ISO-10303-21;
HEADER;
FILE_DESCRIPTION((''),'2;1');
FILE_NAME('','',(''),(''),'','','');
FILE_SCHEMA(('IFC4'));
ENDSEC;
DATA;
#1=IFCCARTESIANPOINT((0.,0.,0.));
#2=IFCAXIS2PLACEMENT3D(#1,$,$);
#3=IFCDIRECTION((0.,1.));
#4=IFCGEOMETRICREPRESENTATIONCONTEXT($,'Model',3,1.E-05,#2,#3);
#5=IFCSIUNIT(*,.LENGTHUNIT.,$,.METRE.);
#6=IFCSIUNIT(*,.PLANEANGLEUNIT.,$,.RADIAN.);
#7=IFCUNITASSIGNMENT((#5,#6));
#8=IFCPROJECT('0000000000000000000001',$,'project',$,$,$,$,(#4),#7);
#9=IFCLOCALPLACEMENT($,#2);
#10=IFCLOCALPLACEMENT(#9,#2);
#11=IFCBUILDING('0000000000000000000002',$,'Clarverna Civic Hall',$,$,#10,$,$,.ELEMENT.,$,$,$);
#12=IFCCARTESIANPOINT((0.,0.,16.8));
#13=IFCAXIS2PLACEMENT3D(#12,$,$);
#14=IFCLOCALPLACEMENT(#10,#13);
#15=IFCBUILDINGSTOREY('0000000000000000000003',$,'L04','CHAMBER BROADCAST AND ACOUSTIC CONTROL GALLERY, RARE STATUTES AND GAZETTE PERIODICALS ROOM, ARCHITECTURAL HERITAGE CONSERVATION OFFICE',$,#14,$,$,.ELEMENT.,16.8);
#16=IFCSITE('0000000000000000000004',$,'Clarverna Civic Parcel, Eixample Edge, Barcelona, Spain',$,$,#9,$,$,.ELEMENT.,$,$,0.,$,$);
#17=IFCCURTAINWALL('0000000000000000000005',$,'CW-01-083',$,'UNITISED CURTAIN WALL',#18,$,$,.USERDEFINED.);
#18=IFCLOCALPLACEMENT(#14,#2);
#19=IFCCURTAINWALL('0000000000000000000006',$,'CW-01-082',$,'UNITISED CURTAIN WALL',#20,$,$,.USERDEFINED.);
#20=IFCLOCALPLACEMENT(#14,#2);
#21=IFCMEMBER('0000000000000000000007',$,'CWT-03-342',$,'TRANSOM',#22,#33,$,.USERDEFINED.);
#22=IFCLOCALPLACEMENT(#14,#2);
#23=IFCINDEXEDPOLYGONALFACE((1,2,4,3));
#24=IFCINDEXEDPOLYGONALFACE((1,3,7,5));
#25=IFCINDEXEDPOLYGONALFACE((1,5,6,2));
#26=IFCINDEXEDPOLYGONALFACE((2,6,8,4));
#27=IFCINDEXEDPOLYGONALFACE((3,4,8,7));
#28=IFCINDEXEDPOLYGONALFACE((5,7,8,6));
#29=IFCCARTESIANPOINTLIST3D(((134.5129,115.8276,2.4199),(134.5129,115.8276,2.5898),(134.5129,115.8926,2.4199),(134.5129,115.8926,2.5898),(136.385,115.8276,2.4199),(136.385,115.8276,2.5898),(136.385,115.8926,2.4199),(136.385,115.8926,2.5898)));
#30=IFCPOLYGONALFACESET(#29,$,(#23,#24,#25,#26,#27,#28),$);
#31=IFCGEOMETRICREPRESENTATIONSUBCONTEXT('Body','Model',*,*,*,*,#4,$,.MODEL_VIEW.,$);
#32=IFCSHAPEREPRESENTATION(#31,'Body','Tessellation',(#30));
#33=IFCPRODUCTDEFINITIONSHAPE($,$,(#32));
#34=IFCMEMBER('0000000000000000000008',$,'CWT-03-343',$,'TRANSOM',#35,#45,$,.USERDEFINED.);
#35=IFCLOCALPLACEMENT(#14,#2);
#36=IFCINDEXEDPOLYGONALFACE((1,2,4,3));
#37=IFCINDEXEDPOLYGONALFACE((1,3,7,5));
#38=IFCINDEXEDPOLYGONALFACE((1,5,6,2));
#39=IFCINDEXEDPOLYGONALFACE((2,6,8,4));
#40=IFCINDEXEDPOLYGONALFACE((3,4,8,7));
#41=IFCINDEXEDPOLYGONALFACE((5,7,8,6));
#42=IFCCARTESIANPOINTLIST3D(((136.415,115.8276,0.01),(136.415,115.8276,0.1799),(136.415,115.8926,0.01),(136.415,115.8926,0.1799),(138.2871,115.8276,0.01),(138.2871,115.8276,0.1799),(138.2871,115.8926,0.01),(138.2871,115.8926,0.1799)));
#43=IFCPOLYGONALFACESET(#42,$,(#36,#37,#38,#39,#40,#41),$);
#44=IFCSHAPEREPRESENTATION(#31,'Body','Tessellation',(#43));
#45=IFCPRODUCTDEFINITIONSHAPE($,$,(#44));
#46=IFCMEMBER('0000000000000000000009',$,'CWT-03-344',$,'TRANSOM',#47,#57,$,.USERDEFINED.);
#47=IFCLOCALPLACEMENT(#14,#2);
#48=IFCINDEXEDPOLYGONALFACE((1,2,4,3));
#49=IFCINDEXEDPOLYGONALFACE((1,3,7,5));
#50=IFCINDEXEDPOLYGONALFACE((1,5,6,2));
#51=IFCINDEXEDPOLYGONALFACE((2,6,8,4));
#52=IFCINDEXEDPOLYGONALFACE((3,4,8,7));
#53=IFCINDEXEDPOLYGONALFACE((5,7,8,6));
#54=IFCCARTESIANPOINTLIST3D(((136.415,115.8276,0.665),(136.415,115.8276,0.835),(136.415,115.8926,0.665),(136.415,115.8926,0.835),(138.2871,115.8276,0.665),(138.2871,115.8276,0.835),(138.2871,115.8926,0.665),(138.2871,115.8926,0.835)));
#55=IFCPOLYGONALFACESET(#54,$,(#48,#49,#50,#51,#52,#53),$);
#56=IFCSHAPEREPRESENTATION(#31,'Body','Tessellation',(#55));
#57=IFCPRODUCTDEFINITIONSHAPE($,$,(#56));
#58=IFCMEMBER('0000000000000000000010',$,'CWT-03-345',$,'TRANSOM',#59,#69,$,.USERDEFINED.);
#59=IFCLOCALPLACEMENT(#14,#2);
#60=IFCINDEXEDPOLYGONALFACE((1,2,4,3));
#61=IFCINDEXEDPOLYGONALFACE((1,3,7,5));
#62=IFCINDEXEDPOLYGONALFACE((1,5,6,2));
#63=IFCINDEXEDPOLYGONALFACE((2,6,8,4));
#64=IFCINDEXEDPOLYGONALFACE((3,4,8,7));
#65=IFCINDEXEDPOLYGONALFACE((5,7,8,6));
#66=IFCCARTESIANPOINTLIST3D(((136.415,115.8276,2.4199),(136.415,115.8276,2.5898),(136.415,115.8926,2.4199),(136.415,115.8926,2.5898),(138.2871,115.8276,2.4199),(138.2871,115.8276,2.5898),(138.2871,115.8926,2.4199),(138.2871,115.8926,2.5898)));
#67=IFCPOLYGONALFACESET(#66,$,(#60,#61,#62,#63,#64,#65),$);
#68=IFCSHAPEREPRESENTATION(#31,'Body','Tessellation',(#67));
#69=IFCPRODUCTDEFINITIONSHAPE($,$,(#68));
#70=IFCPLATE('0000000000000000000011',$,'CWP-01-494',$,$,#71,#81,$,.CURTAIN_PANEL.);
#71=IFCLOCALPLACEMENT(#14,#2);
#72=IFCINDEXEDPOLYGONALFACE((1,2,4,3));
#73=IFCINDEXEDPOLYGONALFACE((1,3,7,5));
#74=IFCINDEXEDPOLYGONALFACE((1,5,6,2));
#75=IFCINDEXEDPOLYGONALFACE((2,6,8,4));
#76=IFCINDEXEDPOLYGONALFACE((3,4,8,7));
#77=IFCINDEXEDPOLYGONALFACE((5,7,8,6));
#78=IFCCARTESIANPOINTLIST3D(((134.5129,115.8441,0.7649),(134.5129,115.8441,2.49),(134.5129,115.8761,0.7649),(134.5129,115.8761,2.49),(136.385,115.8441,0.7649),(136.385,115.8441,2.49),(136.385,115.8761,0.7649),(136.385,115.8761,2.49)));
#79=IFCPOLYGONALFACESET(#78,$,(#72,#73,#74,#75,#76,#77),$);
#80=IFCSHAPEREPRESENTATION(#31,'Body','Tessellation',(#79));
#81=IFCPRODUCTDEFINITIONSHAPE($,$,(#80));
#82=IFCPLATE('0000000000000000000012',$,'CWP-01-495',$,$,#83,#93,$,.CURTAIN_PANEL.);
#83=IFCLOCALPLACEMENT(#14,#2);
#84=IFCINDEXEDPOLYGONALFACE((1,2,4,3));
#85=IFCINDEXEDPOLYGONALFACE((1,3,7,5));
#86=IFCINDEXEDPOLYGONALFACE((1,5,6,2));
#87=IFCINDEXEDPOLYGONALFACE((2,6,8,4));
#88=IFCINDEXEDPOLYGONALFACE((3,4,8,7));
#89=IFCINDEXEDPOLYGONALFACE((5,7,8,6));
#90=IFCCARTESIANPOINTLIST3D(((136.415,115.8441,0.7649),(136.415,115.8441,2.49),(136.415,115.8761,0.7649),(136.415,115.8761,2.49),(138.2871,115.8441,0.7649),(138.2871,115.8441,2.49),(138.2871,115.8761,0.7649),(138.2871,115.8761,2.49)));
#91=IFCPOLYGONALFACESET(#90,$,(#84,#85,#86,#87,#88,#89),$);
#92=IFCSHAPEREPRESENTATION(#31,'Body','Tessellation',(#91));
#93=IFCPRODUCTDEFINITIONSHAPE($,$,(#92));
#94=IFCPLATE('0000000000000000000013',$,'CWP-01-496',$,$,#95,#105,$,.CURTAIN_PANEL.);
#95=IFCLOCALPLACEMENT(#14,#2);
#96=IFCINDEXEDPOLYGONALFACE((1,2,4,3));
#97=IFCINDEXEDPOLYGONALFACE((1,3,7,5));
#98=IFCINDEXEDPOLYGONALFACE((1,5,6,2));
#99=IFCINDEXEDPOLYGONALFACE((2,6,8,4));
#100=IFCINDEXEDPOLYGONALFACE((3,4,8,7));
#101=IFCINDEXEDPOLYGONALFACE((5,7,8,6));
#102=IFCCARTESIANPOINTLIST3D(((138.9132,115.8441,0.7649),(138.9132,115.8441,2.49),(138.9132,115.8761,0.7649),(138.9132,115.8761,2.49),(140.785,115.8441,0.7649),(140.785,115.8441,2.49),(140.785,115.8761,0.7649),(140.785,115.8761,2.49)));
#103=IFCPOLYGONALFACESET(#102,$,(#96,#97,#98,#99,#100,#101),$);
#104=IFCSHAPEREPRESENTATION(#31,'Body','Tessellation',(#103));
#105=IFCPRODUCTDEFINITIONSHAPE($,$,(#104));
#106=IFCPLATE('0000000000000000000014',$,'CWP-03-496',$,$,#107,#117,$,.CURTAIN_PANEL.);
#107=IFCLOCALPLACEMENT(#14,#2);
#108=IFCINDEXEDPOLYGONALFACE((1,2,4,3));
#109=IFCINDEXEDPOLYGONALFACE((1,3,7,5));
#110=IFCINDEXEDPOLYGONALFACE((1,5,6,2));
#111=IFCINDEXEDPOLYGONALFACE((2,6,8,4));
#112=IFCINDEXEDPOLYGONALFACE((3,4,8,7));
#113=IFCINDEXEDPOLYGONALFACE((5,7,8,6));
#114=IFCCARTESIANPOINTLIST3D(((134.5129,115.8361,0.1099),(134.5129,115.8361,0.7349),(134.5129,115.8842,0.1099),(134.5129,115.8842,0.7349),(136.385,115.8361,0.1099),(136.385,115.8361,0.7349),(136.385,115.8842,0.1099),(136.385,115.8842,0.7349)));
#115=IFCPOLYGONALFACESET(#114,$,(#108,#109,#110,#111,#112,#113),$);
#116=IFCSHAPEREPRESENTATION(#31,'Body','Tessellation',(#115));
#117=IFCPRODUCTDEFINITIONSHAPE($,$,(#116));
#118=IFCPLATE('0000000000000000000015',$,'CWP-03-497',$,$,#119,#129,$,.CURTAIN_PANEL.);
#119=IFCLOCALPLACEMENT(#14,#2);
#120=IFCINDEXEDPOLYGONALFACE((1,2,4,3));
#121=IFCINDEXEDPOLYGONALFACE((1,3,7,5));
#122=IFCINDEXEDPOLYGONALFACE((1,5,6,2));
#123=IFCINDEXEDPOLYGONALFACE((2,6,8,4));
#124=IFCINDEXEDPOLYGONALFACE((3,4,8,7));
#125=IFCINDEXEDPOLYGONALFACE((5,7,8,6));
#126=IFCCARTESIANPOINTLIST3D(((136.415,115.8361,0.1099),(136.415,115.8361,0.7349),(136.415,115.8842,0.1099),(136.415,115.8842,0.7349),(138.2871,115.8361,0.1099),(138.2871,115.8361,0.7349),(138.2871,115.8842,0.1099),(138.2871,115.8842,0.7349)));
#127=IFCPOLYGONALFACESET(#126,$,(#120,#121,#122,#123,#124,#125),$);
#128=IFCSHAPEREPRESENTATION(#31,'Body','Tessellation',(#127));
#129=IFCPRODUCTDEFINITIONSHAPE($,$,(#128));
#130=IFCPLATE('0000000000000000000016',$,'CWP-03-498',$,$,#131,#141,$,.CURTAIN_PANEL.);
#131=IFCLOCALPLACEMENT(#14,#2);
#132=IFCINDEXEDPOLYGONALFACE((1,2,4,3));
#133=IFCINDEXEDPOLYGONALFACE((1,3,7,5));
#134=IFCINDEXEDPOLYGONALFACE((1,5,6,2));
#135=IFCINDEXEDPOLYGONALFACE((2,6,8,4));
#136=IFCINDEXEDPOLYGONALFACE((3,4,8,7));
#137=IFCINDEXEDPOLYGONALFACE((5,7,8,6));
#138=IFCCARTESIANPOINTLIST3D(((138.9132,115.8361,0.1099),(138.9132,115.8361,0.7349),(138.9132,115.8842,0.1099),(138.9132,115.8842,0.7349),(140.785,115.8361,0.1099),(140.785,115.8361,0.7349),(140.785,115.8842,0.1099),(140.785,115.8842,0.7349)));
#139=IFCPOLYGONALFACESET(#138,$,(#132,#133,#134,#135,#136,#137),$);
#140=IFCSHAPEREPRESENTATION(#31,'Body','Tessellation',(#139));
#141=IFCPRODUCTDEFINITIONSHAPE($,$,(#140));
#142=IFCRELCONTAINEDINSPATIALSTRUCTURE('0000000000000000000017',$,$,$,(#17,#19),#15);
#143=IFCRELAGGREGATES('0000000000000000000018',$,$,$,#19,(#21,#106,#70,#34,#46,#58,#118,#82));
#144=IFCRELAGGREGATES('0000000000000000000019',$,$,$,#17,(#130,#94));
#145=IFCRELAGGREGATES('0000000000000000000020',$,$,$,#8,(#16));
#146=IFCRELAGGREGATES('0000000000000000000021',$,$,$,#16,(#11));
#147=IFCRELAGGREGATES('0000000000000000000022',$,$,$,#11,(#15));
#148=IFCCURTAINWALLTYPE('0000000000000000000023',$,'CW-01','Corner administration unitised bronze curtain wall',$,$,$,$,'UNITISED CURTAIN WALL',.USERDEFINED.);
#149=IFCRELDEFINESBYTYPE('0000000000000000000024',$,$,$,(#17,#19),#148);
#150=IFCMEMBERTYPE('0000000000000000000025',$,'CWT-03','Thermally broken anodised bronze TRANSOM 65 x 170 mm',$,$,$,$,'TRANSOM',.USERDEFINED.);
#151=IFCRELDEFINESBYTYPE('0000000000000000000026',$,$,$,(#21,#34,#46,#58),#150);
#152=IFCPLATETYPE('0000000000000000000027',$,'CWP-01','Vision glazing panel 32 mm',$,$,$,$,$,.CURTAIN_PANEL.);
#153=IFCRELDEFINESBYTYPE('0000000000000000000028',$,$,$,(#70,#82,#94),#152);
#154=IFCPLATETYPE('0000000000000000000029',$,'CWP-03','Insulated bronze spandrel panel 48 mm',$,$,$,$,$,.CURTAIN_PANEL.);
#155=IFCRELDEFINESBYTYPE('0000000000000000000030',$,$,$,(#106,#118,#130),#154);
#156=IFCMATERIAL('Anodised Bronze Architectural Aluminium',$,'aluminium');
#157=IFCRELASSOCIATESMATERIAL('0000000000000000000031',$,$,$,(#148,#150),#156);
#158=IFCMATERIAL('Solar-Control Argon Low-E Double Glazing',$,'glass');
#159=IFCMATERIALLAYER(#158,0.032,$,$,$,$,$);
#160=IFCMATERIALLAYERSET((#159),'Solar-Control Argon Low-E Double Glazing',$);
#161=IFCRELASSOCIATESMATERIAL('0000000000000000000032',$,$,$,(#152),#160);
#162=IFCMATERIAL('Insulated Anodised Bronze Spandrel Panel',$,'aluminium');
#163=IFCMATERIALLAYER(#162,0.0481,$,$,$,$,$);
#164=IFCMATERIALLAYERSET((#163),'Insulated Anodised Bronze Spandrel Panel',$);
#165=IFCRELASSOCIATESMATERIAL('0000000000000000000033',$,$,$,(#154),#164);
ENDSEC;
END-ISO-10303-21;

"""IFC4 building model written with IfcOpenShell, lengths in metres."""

from ifc_helpers import new_model, si_unit, direction, frame, frame_2d, origin, origin_2d, place, context, subcontext, project, spatial, rectangle, extrude, material, layer, layer_set, material_profile, profile_set, type_object, element, aggregate, save


model = new_model("IFC4")

# Units and contexts
model_context = context("Model", 3, precision=1e-05, world=origin(), true_north=direction((0.0, 1.0)))
body_context = subcontext(model_context, "Body", "Model", "MODEL_VIEW")
ifc_project = project(units=[si_unit("LENGTHUNIT", "METRE"), si_unit("PLANEANGLEUNIT", "RADIAN")], contexts=[model_context])

# Site, building, storey
site_placement = place(None, origin())
site = spatial("IfcSite", under=ifc_project, at=site_placement, Name="Clarverna Civic Parcel, Eixample Edge, Barcelona, Spain", CompositionType="ELEMENT", RefElevation=0.0)
building_placement = place(site_placement, origin())
building = spatial("IfcBuilding", under=site, at=building_placement, Name="Clarverna Civic Hall", CompositionType="ELEMENT")
storey_placement = place(building_placement, frame((0.0, 0.0, 16.8)))
storey = spatial("IfcBuildingStorey", under=building, at=storey_placement, Name="L04", Description="CHAMBER BROADCAST AND ACOUSTIC CONTROL GALLERY, RARE STATUTES AND GAZETTE PERIODICALS ROOM, ARCHITECTURAL HERITAGE CONSERVATION OFFICE", CompositionType="ELEMENT", Elevation=16.8)

# Curtain walls
ifc_material_1 = material(Name="Anodised Bronze Architectural Aluminium", Category="aluminium")
curtain_wall_type = type_object("IfcCurtainWallType", Name="CW-01", Description="Corner administration unitised bronze curtain wall", ElementType="UNITISED CURTAIN WALL", PredefinedType="USERDEFINED", material=ifc_material_1)
curtain_wall_1_placement = place(storey_placement, origin())
curtain_wall_1 = element("IfcCurtainWall", 1, at=curtain_wall_1_placement, inside=storey, type_object=curtain_wall_type, Name="CW-01-083", ObjectType="UNITISED CURTAIN WALL", PredefinedType="USERDEFINED")
curtain_wall_2_placement = place(storey_placement, origin())
curtain_wall_2 = element("IfcCurtainWall", 2, at=curtain_wall_2_placement, inside=storey, type_object=curtain_wall_type, Name="CW-01-082", ObjectType="UNITISED CURTAIN WALL", PredefinedType="USERDEFINED")

# Members
ifc_material_profile_1 = material_profile(ifc_material_1, rectangle(XDim=0.0649, YDim=0.1699, at=origin_2d()), Name="BRONZE 65x170")
ifc_profile_set_1 = profile_set([ifc_material_profile_1], Name="Anodised Bronze Architectural Aluminium")
member_type_1 = type_object("IfcMemberType", Name="CWT-03", Description="Thermally broken anodised bronze TRANSOM 65 x 170 mm", ElementType="TRANSOM", PredefinedType="USERDEFINED", material=ifc_profile_set_1)
member_1_placement = place(storey_placement, frame((134.5129, 115.8601, 2.5049), z_axis=(1.0, 0.0, 0.0), x_axis=(0.0, 1.0, 0.0)))
member_1 = element("IfcMember", 3, at=member_1_placement, type_object=member_type_1, Name="CWT-03-342", ObjectType="TRANSOM", PredefinedType="USERDEFINED", context=body_context, shape_type="SweptSolid", body=[
    extrude(rectangle(XDim=0.0649, YDim=0.1699, at=origin_2d()), origin(), (0.0, 0.0, 1.0), 1.8721),
])
member_2_placement = place(storey_placement, frame((136.415, 115.8601, 0.095), z_axis=(1.0, 0.0, 0.0), x_axis=(0.0, 1.0, 0.0)))
member_2 = element("IfcMember", 4, at=member_2_placement, type_object=member_type_1, Name="CWT-03-343", ObjectType="TRANSOM", PredefinedType="USERDEFINED", context=body_context, shape_type="SweptSolid", body=[
    extrude(rectangle(XDim=0.0649, YDim=0.1699, at=origin_2d()), origin(), (0.0, 0.0, 1.0), 1.8721),
])
member_3_placement = place(storey_placement, frame((136.415, 115.8601, 0.75), z_axis=(1.0, 0.0, 0.0), x_axis=(0.0, 1.0, 0.0)))
member_3 = element("IfcMember", 5, at=member_3_placement, type_object=member_type_1, Name="CWT-03-344", ObjectType="TRANSOM", PredefinedType="USERDEFINED", context=body_context, shape_type="SweptSolid", body=[
    extrude(rectangle(XDim=0.0649, YDim=0.1699, at=origin_2d()), origin(), (0.0, 0.0, 1.0), 1.8721),
])
member_4_placement = place(storey_placement, frame((136.415, 115.8601, 2.5049), z_axis=(1.0, 0.0, 0.0), x_axis=(0.0, 1.0, 0.0)))
member_4 = element("IfcMember", 6, at=member_4_placement, type_object=member_type_1, Name="CWT-03-345", ObjectType="TRANSOM", PredefinedType="USERDEFINED", context=body_context, shape_type="SweptSolid", body=[
    extrude(rectangle(XDim=0.0649, YDim=0.1699, at=origin_2d()), origin(), (0.0, 0.0, 1.0), 1.8721),
])

# Plates
ifc_material_2 = material(Name="Solar-Control Argon Low-E Double Glazing", Category="glass")
ifc_layer_1 = layer(ifc_material_2, 0.032)
ifc_layer_set_1 = layer_set([ifc_layer_1], Name="Solar-Control Argon Low-E Double Glazing")
plate_type_1 = type_object("IfcPlateType", Name="CWP-01", Description="Vision glazing panel 32 mm", PredefinedType="CURTAIN_PANEL", material=ifc_layer_set_1)
plate_1_placement = place(storey_placement, frame((134.5129, 115.8601, 0.7649), z_axis=(0.0, 0.0, 1.0), x_axis=(1.0, 0.0, 0.0)))
plate_1 = element("IfcPlate", 7, at=plate_1_placement, type_object=plate_type_1, Name="CWP-01-494", PredefinedType="CURTAIN_PANEL", context=body_context, shape_type="SweptSolid", body=[
    extrude(rectangle(XDim=1.8721, YDim=0.032, at=frame_2d((0.936, 0.0))), origin(), (0.0, 0.0, 1.0), 1.7251),
])
plate_2_placement = place(storey_placement, frame((136.415, 115.8601, 0.7649), z_axis=(0.0, 0.0, 1.0), x_axis=(1.0, 0.0, 0.0)))
plate_2 = element("IfcPlate", 8, at=plate_2_placement, type_object=plate_type_1, Name="CWP-01-495", PredefinedType="CURTAIN_PANEL", context=body_context, shape_type="SweptSolid", body=[
    extrude(rectangle(XDim=1.8721, YDim=0.032, at=frame_2d((0.936, 0.0))), origin(), (0.0, 0.0, 1.0), 1.7251),
])
plate_3_placement = place(storey_placement, frame((138.9131, 115.8601, 0.7649), z_axis=(0.0, 0.0, 1.0), x_axis=(1.0, 0.0, 0.0)))
plate_3 = element("IfcPlate", 9, at=plate_3_placement, type_object=plate_type_1, Name="CWP-01-496", PredefinedType="CURTAIN_PANEL", context=body_context, shape_type="SweptSolid", body=[
    extrude(rectangle(XDim=1.8718, YDim=0.032, at=frame_2d((0.936, 0.0))), origin(), (0.0, 0.0, 1.0), 1.7251),
])
ifc_material_3 = material(Name="Insulated Anodised Bronze Spandrel Panel", Category="aluminium")
ifc_layer_2 = layer(ifc_material_3, 0.0481)
ifc_layer_set_2 = layer_set([ifc_layer_2], Name="Insulated Anodised Bronze Spandrel Panel")
plate_type_2 = type_object("IfcPlateType", Name="CWP-03", Description="Insulated bronze spandrel panel 48 mm", PredefinedType="CURTAIN_PANEL", material=ifc_layer_set_2)
plate_4_placement = place(storey_placement, frame((134.5129, 115.8601, 0.1099), z_axis=(0.0, 0.0, 1.0), x_axis=(1.0, 0.0, 0.0)))
plate_4 = element("IfcPlate", 10, at=plate_4_placement, type_object=plate_type_2, Name="CWP-03-496", PredefinedType="CURTAIN_PANEL", context=body_context, shape_type="SweptSolid", body=[
    extrude(rectangle(XDim=1.8721, YDim=0.0481, at=frame_2d((0.936, 0.0))), origin(), (0.0, 0.0, 1.0), 0.625),
])
plate_5_placement = place(storey_placement, frame((136.415, 115.8601, 0.1099), z_axis=(0.0, 0.0, 1.0), x_axis=(1.0, 0.0, 0.0)))
plate_5 = element("IfcPlate", 11, at=plate_5_placement, type_object=plate_type_2, Name="CWP-03-497", PredefinedType="CURTAIN_PANEL", context=body_context, shape_type="SweptSolid", body=[
    extrude(rectangle(XDim=1.8721, YDim=0.0481, at=frame_2d((0.936, 0.0))), origin(), (0.0, 0.0, 1.0), 0.625),
])
aggregate(curtain_wall_2, [member_1, plate_4, plate_1, member_2, member_3, member_4, plate_5, plate_2])
plate_6_placement = place(storey_placement, frame((138.9131, 115.8601, 0.1099), z_axis=(0.0, 0.0, 1.0), x_axis=(1.0, 0.0, 0.0)))
plate_6 = element("IfcPlate", 12, at=plate_6_placement, type_object=plate_type_2, Name="CWP-03-498", PredefinedType="CURTAIN_PANEL", context=body_context, shape_type="SweptSolid", body=[
    extrude(rectangle(XDim=1.8718, YDim=0.0481, at=frame_2d((0.936, 0.0))), origin(), (0.0, 0.0, 1.0), 0.625),
])
aggregate(curtain_wall_1, [plate_6, plate_3])

save(model, "model.ifc")
